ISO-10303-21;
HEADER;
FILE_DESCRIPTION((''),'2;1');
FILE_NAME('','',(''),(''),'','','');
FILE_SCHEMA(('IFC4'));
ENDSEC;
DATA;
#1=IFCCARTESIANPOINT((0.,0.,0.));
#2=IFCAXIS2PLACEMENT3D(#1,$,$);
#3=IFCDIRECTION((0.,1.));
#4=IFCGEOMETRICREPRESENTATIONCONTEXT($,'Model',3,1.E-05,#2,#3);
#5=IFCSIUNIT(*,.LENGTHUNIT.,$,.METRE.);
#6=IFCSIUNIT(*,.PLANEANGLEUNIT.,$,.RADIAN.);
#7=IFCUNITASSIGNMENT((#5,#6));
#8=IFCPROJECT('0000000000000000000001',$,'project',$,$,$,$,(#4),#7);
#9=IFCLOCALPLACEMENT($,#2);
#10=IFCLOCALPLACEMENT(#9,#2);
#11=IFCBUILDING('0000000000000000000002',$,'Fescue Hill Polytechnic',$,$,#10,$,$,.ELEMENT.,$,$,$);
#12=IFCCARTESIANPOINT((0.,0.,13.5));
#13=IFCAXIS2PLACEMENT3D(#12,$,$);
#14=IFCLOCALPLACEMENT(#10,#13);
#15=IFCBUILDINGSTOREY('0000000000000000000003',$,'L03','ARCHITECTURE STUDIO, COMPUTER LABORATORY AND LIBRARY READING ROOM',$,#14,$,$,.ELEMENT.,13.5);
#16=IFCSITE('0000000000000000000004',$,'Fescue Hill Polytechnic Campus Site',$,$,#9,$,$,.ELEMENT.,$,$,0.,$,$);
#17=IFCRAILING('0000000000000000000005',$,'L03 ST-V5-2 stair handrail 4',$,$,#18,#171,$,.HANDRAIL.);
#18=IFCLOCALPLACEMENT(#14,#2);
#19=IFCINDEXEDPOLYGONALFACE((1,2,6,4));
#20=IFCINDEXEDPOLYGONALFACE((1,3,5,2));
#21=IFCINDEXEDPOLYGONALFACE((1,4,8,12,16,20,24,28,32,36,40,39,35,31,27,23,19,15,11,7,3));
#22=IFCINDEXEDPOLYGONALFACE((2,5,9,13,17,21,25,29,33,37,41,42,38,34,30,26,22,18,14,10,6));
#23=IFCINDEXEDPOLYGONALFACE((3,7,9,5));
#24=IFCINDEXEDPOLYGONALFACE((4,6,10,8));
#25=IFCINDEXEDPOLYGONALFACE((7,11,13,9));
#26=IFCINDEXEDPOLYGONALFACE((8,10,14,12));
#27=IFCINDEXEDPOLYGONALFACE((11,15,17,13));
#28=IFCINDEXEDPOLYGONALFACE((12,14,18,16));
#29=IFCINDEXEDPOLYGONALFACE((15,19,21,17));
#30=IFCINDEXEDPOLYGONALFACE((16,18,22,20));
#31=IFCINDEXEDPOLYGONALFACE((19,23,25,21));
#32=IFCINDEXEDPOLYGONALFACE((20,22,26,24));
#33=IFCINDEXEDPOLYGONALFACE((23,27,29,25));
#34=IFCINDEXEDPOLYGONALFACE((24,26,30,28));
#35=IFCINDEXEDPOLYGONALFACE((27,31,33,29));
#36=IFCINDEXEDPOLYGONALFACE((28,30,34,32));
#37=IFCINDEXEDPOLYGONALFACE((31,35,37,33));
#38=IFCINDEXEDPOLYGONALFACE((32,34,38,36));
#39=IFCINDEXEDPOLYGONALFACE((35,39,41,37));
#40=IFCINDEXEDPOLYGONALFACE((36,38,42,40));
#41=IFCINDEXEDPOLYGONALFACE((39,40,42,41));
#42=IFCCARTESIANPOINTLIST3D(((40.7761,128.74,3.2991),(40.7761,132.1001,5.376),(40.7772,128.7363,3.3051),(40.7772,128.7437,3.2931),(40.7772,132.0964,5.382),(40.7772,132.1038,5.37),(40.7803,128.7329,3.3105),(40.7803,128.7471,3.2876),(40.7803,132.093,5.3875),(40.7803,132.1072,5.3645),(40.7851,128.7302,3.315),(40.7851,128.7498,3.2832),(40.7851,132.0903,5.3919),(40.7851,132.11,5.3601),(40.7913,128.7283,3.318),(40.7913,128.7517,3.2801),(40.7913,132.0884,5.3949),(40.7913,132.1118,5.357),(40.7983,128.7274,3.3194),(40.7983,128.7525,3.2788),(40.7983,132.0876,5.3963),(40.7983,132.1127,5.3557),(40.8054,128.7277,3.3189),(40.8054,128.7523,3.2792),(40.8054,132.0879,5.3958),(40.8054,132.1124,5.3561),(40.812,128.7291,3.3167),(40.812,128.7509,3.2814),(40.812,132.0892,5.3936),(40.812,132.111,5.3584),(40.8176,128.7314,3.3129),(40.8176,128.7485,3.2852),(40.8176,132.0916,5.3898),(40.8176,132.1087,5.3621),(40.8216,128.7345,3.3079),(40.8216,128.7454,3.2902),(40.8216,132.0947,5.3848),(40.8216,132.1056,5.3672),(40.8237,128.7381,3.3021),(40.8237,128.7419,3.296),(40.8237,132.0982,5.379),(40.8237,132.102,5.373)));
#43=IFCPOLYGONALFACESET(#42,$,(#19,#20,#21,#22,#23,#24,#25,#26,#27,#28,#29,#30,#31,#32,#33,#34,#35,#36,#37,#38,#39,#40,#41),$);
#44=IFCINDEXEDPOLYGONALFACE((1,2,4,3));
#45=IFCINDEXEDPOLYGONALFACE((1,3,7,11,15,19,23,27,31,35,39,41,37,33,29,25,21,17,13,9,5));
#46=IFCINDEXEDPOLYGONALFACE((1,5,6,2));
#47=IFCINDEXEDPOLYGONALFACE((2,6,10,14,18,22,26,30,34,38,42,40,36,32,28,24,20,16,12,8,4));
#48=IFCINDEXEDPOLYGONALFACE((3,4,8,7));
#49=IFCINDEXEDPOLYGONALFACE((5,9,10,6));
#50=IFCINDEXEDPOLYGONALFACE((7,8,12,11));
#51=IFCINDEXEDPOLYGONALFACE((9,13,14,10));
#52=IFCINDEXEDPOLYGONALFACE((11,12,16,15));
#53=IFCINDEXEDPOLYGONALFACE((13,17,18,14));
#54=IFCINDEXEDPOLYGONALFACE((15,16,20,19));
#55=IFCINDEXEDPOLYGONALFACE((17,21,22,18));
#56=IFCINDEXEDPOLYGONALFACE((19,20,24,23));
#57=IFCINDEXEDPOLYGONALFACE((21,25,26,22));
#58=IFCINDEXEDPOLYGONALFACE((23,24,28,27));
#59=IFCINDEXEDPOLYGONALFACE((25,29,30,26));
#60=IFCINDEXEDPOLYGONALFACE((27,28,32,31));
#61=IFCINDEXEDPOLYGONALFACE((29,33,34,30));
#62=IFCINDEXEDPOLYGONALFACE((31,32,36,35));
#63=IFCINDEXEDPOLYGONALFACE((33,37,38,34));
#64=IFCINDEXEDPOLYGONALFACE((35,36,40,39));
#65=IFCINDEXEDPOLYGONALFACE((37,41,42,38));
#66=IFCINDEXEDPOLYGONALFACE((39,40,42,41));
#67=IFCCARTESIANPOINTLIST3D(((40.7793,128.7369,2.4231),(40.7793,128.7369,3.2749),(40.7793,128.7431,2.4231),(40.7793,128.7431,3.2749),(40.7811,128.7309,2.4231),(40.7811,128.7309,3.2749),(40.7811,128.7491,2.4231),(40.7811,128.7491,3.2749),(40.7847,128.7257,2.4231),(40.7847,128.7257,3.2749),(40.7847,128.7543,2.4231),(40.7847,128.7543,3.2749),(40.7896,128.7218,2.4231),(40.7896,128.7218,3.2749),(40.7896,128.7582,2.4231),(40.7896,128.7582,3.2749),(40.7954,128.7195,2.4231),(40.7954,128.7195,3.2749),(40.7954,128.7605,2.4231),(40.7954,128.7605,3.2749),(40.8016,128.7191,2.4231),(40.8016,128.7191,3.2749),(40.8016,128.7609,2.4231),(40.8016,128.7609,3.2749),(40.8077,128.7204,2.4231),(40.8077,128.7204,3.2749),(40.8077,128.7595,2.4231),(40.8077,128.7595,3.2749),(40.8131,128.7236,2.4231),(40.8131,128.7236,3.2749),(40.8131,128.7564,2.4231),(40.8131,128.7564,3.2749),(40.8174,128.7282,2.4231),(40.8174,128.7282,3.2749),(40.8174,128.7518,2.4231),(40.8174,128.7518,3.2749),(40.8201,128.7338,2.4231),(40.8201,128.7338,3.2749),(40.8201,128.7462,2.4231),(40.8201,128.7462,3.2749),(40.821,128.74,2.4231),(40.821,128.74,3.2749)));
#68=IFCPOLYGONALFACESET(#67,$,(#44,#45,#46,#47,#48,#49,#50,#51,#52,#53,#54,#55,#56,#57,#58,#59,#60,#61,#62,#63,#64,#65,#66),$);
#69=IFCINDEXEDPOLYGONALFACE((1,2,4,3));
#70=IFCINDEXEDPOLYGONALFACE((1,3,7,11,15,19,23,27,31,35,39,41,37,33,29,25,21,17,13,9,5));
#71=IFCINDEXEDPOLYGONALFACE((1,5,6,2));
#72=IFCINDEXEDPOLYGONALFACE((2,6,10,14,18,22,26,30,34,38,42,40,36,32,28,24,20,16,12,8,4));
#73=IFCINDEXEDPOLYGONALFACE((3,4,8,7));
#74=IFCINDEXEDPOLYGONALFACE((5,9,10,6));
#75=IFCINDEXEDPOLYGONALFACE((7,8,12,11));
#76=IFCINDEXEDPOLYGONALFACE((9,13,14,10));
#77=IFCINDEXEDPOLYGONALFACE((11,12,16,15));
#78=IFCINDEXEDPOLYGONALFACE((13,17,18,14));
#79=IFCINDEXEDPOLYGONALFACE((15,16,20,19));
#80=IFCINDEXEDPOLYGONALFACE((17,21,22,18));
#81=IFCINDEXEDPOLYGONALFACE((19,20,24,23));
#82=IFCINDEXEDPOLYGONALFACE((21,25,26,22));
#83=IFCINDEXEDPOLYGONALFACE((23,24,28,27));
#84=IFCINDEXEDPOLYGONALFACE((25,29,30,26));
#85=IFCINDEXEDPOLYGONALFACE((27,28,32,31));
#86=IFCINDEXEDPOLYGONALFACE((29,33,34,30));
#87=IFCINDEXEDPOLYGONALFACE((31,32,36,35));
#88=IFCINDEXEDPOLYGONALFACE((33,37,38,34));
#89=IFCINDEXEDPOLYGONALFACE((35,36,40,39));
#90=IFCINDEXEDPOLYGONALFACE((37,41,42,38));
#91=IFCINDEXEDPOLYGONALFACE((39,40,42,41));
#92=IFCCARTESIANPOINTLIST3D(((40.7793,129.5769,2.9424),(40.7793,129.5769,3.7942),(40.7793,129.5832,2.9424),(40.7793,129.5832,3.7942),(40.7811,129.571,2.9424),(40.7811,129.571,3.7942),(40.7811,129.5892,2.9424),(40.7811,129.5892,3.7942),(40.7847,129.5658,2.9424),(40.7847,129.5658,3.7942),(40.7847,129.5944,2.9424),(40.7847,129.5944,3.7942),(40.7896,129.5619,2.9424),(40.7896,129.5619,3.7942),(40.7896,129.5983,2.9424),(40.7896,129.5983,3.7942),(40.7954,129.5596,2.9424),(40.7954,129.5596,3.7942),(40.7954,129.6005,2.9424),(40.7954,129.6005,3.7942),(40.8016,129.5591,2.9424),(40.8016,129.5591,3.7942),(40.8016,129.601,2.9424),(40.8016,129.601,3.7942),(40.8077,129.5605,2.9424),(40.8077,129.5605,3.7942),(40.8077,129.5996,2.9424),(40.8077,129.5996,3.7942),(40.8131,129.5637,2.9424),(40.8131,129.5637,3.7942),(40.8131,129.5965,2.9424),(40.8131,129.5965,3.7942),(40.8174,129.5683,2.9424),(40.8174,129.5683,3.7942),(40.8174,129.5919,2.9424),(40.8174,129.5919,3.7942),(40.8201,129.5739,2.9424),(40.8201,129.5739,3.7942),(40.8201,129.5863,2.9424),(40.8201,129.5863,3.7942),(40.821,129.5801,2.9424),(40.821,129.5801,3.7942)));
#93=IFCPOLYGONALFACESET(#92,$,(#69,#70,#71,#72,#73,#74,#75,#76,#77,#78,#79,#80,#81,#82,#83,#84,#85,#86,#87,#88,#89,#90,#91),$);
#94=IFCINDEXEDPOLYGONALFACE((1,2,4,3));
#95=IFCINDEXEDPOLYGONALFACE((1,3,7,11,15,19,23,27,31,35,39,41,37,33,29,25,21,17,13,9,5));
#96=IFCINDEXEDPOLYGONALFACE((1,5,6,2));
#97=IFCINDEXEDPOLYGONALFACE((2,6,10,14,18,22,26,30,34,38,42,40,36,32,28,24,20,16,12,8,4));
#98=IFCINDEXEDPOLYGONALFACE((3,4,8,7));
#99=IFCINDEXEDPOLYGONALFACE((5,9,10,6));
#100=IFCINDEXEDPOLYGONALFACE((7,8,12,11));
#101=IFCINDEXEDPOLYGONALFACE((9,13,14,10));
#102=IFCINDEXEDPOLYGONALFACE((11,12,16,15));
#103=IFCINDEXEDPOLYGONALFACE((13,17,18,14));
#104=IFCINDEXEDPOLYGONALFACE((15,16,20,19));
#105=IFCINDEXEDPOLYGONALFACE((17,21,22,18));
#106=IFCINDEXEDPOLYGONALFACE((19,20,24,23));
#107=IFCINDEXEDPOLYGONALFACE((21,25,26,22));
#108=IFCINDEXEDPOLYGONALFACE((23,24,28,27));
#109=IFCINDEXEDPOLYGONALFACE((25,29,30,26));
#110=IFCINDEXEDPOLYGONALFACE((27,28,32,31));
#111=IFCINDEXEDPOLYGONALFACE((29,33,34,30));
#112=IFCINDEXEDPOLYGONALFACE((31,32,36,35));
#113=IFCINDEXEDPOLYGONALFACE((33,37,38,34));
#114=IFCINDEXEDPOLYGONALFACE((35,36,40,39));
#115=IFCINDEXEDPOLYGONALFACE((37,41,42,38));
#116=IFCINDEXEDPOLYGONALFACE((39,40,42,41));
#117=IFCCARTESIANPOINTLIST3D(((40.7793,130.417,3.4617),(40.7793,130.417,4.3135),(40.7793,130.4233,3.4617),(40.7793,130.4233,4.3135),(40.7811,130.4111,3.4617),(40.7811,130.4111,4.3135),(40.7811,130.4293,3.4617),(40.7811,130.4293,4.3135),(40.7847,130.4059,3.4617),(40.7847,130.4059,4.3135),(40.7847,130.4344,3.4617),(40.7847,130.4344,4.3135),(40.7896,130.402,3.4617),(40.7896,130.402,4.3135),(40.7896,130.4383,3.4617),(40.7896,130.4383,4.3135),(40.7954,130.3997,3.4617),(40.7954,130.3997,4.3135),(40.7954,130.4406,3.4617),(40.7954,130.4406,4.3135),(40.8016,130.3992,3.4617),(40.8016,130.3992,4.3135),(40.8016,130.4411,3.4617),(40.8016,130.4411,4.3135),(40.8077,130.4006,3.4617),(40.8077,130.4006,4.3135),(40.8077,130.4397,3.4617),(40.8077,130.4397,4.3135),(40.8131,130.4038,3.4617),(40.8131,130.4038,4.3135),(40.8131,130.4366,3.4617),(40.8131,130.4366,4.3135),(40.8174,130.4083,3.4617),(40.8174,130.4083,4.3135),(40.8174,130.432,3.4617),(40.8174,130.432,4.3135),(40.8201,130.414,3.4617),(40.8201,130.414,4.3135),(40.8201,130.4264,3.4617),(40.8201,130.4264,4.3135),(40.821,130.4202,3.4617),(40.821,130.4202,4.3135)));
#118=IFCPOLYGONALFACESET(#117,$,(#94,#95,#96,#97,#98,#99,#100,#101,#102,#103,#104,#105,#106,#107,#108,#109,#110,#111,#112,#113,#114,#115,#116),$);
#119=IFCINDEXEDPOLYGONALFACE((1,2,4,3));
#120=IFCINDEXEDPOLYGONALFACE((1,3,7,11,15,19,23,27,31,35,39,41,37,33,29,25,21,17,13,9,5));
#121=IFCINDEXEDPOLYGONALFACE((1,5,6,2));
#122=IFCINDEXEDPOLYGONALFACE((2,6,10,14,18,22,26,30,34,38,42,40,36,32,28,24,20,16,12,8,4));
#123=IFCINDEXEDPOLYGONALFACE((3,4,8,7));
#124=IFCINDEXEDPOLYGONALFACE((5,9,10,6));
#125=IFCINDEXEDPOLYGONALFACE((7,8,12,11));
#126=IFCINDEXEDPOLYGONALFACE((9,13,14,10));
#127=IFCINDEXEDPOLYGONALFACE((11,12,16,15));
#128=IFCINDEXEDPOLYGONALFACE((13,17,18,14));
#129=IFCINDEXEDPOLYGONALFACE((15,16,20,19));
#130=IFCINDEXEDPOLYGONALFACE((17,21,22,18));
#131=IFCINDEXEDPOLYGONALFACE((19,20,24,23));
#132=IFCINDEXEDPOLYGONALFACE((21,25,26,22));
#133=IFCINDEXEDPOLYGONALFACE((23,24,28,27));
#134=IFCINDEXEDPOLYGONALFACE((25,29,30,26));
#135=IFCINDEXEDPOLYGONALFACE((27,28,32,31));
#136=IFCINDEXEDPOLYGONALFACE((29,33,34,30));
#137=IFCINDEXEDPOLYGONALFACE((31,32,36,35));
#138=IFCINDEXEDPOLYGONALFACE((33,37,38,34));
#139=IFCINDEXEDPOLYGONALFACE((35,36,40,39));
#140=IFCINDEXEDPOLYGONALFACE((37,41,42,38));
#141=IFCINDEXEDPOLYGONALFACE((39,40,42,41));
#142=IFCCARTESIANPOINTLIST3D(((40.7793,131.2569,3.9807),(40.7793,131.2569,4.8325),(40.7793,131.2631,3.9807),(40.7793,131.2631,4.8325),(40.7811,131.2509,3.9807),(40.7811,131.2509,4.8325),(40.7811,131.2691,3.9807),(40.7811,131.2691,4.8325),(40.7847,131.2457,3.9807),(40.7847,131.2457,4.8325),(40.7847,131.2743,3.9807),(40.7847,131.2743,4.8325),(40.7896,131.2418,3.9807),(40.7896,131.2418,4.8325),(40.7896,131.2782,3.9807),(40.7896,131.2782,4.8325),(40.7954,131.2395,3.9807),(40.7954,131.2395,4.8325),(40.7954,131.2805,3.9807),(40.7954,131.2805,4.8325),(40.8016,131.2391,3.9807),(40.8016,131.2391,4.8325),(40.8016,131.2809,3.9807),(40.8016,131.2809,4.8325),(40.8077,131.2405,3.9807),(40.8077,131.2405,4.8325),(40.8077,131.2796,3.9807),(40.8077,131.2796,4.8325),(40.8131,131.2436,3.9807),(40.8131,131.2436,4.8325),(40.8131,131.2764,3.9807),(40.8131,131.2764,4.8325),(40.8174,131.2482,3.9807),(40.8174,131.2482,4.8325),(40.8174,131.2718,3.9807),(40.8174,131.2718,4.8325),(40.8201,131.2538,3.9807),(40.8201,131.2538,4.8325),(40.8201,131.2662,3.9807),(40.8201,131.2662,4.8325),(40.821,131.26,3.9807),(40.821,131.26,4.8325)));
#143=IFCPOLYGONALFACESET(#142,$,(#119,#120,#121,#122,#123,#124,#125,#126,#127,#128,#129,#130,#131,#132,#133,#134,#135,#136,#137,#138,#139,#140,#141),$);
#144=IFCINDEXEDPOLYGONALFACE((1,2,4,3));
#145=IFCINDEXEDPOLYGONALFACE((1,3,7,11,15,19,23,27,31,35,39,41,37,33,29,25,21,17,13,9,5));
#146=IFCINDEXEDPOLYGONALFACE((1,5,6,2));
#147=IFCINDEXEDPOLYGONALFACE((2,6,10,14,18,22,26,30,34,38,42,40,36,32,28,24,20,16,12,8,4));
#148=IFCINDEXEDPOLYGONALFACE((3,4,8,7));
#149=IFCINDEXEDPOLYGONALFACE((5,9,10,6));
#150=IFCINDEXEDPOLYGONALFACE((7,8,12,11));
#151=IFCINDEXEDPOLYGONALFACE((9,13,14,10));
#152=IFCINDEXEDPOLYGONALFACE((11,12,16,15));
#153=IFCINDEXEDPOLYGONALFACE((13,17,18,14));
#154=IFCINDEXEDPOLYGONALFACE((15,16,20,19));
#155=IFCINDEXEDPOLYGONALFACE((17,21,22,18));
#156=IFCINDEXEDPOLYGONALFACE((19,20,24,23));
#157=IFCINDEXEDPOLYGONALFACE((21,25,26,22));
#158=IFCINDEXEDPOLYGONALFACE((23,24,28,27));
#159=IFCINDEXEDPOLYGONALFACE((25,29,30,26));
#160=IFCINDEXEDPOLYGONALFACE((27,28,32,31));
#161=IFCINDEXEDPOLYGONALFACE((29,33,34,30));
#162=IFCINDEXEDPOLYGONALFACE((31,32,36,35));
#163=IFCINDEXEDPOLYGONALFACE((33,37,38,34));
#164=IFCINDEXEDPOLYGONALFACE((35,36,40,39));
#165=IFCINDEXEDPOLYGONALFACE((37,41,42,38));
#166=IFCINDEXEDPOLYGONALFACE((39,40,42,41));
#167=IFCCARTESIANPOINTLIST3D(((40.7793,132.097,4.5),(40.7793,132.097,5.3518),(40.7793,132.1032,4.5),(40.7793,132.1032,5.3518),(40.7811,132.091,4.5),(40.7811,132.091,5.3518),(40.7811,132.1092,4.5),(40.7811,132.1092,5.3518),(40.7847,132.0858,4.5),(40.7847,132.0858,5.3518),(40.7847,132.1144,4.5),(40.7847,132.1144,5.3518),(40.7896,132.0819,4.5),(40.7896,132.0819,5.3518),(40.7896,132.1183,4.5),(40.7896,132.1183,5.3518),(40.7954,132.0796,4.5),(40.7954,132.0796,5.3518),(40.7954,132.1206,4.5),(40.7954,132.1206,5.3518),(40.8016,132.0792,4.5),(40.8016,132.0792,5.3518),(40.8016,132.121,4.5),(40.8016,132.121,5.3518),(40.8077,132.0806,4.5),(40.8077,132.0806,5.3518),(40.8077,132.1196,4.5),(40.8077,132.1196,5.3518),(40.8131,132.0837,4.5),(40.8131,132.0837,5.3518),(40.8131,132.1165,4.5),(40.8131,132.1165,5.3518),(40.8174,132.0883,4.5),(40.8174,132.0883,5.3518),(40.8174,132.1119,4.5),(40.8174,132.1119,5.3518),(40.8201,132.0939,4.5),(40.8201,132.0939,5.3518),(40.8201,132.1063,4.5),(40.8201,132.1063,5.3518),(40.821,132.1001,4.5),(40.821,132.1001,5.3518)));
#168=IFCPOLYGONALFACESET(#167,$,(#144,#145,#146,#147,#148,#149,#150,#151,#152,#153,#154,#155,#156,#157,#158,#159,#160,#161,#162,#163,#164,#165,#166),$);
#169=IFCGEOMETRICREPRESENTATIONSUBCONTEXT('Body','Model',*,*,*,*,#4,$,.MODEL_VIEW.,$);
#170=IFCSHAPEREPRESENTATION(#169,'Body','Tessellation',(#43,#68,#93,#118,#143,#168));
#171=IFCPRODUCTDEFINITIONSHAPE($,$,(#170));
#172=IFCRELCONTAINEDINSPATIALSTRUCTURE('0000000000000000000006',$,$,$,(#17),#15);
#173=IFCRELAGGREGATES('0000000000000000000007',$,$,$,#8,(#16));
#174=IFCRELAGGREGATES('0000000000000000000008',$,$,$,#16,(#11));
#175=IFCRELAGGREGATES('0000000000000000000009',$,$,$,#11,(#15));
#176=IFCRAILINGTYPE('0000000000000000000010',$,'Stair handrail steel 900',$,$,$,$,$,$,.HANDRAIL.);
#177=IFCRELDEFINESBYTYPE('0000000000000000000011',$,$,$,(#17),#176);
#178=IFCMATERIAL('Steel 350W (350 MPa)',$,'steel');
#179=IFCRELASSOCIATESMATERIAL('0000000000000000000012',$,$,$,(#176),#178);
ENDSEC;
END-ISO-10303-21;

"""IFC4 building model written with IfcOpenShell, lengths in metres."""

from ifc_helpers import new_model, si_unit, direction, frame, origin, origin_2d, place, context, subcontext, project, spatial, circle, extrude, material, type_object, element, save


model = new_model("IFC4")

# Units and contexts
model_context = context("Model", 3, precision=1e-05, world=origin(), true_north=direction((0.0, 1.0)))
body_context = subcontext(model_context, "Body", "Model", "MODEL_VIEW")
ifc_project = project(units=[si_unit("LENGTHUNIT", "METRE"), si_unit("PLANEANGLEUNIT", "RADIAN")], contexts=[model_context])

# Site, building, storey
site_placement = place(None, origin())
site = spatial("IfcSite", under=ifc_project, at=site_placement, Name="Fescue Hill Polytechnic Campus Site", CompositionType="ELEMENT", RefElevation=0.0)
building_placement = place(site_placement, origin())
building = spatial("IfcBuilding", under=site, at=building_placement, Name="Fescue Hill Polytechnic", CompositionType="ELEMENT")
storey_placement = place(building_placement, frame((0.0, 0.0, 13.5)))
storey = spatial("IfcBuildingStorey", under=building, at=storey_placement, Name="L03", Description="ARCHITECTURE STUDIO, COMPUTER LABORATORY AND LIBRARY READING ROOM", CompositionType="ELEMENT", Elevation=13.5)

# Railing
ifc_material_1 = material(Name="Steel 350W (350 MPa)", Category="steel")
railing_type_1 = type_object("IfcRailingType", Name="Stair handrail steel 900", PredefinedType="HANDRAIL", material=ifc_material_1)
railing_1_placement = place(storey_placement, frame((40.8, 128.74, 2.4231)))
element("IfcRailing", 1, at=railing_1_placement, inside=storey, type_object=railing_type_1, Name="L03 ST-V5-2 stair handrail 4", PredefinedType="HANDRAIL", context=body_context, shape_type="SweptSolid", body=[
    extrude(circle(Radius=0.0239, at=origin_2d()), frame((0.0, 0.0, 0.876), z_axis=(0.0, 0.850623, 0.525776), x_axis=(-1.0, 0.0, 0.0)), (0.0, 0.0, 1.0), 3.9502),
    extrude(circle(Radius=0.021, at=origin_2d()), origin(), (0.0, 0.0, 1.0), 0.8518),
    extrude(circle(Radius=0.021, at=origin_2d()), frame((0.0, 0.8401, 0.5193)), (0.0, 0.0, 1.0), 0.8518),
    extrude(circle(Radius=0.021, at=origin_2d()), frame((0.0, 1.6802, 1.0386)), (0.0, 0.0, 1.0), 0.8518),
    extrude(circle(Radius=0.021, at=origin_2d()), frame((0.0, 2.52, 1.5576)), (0.0, 0.0, 1.0), 0.8518),
    extrude(circle(Radius=0.021, at=origin_2d()), frame((0.0, 3.3601, 2.0769)), (0.0, 0.0, 1.0), 0.8518),
])

save(model, "model.ifc")
